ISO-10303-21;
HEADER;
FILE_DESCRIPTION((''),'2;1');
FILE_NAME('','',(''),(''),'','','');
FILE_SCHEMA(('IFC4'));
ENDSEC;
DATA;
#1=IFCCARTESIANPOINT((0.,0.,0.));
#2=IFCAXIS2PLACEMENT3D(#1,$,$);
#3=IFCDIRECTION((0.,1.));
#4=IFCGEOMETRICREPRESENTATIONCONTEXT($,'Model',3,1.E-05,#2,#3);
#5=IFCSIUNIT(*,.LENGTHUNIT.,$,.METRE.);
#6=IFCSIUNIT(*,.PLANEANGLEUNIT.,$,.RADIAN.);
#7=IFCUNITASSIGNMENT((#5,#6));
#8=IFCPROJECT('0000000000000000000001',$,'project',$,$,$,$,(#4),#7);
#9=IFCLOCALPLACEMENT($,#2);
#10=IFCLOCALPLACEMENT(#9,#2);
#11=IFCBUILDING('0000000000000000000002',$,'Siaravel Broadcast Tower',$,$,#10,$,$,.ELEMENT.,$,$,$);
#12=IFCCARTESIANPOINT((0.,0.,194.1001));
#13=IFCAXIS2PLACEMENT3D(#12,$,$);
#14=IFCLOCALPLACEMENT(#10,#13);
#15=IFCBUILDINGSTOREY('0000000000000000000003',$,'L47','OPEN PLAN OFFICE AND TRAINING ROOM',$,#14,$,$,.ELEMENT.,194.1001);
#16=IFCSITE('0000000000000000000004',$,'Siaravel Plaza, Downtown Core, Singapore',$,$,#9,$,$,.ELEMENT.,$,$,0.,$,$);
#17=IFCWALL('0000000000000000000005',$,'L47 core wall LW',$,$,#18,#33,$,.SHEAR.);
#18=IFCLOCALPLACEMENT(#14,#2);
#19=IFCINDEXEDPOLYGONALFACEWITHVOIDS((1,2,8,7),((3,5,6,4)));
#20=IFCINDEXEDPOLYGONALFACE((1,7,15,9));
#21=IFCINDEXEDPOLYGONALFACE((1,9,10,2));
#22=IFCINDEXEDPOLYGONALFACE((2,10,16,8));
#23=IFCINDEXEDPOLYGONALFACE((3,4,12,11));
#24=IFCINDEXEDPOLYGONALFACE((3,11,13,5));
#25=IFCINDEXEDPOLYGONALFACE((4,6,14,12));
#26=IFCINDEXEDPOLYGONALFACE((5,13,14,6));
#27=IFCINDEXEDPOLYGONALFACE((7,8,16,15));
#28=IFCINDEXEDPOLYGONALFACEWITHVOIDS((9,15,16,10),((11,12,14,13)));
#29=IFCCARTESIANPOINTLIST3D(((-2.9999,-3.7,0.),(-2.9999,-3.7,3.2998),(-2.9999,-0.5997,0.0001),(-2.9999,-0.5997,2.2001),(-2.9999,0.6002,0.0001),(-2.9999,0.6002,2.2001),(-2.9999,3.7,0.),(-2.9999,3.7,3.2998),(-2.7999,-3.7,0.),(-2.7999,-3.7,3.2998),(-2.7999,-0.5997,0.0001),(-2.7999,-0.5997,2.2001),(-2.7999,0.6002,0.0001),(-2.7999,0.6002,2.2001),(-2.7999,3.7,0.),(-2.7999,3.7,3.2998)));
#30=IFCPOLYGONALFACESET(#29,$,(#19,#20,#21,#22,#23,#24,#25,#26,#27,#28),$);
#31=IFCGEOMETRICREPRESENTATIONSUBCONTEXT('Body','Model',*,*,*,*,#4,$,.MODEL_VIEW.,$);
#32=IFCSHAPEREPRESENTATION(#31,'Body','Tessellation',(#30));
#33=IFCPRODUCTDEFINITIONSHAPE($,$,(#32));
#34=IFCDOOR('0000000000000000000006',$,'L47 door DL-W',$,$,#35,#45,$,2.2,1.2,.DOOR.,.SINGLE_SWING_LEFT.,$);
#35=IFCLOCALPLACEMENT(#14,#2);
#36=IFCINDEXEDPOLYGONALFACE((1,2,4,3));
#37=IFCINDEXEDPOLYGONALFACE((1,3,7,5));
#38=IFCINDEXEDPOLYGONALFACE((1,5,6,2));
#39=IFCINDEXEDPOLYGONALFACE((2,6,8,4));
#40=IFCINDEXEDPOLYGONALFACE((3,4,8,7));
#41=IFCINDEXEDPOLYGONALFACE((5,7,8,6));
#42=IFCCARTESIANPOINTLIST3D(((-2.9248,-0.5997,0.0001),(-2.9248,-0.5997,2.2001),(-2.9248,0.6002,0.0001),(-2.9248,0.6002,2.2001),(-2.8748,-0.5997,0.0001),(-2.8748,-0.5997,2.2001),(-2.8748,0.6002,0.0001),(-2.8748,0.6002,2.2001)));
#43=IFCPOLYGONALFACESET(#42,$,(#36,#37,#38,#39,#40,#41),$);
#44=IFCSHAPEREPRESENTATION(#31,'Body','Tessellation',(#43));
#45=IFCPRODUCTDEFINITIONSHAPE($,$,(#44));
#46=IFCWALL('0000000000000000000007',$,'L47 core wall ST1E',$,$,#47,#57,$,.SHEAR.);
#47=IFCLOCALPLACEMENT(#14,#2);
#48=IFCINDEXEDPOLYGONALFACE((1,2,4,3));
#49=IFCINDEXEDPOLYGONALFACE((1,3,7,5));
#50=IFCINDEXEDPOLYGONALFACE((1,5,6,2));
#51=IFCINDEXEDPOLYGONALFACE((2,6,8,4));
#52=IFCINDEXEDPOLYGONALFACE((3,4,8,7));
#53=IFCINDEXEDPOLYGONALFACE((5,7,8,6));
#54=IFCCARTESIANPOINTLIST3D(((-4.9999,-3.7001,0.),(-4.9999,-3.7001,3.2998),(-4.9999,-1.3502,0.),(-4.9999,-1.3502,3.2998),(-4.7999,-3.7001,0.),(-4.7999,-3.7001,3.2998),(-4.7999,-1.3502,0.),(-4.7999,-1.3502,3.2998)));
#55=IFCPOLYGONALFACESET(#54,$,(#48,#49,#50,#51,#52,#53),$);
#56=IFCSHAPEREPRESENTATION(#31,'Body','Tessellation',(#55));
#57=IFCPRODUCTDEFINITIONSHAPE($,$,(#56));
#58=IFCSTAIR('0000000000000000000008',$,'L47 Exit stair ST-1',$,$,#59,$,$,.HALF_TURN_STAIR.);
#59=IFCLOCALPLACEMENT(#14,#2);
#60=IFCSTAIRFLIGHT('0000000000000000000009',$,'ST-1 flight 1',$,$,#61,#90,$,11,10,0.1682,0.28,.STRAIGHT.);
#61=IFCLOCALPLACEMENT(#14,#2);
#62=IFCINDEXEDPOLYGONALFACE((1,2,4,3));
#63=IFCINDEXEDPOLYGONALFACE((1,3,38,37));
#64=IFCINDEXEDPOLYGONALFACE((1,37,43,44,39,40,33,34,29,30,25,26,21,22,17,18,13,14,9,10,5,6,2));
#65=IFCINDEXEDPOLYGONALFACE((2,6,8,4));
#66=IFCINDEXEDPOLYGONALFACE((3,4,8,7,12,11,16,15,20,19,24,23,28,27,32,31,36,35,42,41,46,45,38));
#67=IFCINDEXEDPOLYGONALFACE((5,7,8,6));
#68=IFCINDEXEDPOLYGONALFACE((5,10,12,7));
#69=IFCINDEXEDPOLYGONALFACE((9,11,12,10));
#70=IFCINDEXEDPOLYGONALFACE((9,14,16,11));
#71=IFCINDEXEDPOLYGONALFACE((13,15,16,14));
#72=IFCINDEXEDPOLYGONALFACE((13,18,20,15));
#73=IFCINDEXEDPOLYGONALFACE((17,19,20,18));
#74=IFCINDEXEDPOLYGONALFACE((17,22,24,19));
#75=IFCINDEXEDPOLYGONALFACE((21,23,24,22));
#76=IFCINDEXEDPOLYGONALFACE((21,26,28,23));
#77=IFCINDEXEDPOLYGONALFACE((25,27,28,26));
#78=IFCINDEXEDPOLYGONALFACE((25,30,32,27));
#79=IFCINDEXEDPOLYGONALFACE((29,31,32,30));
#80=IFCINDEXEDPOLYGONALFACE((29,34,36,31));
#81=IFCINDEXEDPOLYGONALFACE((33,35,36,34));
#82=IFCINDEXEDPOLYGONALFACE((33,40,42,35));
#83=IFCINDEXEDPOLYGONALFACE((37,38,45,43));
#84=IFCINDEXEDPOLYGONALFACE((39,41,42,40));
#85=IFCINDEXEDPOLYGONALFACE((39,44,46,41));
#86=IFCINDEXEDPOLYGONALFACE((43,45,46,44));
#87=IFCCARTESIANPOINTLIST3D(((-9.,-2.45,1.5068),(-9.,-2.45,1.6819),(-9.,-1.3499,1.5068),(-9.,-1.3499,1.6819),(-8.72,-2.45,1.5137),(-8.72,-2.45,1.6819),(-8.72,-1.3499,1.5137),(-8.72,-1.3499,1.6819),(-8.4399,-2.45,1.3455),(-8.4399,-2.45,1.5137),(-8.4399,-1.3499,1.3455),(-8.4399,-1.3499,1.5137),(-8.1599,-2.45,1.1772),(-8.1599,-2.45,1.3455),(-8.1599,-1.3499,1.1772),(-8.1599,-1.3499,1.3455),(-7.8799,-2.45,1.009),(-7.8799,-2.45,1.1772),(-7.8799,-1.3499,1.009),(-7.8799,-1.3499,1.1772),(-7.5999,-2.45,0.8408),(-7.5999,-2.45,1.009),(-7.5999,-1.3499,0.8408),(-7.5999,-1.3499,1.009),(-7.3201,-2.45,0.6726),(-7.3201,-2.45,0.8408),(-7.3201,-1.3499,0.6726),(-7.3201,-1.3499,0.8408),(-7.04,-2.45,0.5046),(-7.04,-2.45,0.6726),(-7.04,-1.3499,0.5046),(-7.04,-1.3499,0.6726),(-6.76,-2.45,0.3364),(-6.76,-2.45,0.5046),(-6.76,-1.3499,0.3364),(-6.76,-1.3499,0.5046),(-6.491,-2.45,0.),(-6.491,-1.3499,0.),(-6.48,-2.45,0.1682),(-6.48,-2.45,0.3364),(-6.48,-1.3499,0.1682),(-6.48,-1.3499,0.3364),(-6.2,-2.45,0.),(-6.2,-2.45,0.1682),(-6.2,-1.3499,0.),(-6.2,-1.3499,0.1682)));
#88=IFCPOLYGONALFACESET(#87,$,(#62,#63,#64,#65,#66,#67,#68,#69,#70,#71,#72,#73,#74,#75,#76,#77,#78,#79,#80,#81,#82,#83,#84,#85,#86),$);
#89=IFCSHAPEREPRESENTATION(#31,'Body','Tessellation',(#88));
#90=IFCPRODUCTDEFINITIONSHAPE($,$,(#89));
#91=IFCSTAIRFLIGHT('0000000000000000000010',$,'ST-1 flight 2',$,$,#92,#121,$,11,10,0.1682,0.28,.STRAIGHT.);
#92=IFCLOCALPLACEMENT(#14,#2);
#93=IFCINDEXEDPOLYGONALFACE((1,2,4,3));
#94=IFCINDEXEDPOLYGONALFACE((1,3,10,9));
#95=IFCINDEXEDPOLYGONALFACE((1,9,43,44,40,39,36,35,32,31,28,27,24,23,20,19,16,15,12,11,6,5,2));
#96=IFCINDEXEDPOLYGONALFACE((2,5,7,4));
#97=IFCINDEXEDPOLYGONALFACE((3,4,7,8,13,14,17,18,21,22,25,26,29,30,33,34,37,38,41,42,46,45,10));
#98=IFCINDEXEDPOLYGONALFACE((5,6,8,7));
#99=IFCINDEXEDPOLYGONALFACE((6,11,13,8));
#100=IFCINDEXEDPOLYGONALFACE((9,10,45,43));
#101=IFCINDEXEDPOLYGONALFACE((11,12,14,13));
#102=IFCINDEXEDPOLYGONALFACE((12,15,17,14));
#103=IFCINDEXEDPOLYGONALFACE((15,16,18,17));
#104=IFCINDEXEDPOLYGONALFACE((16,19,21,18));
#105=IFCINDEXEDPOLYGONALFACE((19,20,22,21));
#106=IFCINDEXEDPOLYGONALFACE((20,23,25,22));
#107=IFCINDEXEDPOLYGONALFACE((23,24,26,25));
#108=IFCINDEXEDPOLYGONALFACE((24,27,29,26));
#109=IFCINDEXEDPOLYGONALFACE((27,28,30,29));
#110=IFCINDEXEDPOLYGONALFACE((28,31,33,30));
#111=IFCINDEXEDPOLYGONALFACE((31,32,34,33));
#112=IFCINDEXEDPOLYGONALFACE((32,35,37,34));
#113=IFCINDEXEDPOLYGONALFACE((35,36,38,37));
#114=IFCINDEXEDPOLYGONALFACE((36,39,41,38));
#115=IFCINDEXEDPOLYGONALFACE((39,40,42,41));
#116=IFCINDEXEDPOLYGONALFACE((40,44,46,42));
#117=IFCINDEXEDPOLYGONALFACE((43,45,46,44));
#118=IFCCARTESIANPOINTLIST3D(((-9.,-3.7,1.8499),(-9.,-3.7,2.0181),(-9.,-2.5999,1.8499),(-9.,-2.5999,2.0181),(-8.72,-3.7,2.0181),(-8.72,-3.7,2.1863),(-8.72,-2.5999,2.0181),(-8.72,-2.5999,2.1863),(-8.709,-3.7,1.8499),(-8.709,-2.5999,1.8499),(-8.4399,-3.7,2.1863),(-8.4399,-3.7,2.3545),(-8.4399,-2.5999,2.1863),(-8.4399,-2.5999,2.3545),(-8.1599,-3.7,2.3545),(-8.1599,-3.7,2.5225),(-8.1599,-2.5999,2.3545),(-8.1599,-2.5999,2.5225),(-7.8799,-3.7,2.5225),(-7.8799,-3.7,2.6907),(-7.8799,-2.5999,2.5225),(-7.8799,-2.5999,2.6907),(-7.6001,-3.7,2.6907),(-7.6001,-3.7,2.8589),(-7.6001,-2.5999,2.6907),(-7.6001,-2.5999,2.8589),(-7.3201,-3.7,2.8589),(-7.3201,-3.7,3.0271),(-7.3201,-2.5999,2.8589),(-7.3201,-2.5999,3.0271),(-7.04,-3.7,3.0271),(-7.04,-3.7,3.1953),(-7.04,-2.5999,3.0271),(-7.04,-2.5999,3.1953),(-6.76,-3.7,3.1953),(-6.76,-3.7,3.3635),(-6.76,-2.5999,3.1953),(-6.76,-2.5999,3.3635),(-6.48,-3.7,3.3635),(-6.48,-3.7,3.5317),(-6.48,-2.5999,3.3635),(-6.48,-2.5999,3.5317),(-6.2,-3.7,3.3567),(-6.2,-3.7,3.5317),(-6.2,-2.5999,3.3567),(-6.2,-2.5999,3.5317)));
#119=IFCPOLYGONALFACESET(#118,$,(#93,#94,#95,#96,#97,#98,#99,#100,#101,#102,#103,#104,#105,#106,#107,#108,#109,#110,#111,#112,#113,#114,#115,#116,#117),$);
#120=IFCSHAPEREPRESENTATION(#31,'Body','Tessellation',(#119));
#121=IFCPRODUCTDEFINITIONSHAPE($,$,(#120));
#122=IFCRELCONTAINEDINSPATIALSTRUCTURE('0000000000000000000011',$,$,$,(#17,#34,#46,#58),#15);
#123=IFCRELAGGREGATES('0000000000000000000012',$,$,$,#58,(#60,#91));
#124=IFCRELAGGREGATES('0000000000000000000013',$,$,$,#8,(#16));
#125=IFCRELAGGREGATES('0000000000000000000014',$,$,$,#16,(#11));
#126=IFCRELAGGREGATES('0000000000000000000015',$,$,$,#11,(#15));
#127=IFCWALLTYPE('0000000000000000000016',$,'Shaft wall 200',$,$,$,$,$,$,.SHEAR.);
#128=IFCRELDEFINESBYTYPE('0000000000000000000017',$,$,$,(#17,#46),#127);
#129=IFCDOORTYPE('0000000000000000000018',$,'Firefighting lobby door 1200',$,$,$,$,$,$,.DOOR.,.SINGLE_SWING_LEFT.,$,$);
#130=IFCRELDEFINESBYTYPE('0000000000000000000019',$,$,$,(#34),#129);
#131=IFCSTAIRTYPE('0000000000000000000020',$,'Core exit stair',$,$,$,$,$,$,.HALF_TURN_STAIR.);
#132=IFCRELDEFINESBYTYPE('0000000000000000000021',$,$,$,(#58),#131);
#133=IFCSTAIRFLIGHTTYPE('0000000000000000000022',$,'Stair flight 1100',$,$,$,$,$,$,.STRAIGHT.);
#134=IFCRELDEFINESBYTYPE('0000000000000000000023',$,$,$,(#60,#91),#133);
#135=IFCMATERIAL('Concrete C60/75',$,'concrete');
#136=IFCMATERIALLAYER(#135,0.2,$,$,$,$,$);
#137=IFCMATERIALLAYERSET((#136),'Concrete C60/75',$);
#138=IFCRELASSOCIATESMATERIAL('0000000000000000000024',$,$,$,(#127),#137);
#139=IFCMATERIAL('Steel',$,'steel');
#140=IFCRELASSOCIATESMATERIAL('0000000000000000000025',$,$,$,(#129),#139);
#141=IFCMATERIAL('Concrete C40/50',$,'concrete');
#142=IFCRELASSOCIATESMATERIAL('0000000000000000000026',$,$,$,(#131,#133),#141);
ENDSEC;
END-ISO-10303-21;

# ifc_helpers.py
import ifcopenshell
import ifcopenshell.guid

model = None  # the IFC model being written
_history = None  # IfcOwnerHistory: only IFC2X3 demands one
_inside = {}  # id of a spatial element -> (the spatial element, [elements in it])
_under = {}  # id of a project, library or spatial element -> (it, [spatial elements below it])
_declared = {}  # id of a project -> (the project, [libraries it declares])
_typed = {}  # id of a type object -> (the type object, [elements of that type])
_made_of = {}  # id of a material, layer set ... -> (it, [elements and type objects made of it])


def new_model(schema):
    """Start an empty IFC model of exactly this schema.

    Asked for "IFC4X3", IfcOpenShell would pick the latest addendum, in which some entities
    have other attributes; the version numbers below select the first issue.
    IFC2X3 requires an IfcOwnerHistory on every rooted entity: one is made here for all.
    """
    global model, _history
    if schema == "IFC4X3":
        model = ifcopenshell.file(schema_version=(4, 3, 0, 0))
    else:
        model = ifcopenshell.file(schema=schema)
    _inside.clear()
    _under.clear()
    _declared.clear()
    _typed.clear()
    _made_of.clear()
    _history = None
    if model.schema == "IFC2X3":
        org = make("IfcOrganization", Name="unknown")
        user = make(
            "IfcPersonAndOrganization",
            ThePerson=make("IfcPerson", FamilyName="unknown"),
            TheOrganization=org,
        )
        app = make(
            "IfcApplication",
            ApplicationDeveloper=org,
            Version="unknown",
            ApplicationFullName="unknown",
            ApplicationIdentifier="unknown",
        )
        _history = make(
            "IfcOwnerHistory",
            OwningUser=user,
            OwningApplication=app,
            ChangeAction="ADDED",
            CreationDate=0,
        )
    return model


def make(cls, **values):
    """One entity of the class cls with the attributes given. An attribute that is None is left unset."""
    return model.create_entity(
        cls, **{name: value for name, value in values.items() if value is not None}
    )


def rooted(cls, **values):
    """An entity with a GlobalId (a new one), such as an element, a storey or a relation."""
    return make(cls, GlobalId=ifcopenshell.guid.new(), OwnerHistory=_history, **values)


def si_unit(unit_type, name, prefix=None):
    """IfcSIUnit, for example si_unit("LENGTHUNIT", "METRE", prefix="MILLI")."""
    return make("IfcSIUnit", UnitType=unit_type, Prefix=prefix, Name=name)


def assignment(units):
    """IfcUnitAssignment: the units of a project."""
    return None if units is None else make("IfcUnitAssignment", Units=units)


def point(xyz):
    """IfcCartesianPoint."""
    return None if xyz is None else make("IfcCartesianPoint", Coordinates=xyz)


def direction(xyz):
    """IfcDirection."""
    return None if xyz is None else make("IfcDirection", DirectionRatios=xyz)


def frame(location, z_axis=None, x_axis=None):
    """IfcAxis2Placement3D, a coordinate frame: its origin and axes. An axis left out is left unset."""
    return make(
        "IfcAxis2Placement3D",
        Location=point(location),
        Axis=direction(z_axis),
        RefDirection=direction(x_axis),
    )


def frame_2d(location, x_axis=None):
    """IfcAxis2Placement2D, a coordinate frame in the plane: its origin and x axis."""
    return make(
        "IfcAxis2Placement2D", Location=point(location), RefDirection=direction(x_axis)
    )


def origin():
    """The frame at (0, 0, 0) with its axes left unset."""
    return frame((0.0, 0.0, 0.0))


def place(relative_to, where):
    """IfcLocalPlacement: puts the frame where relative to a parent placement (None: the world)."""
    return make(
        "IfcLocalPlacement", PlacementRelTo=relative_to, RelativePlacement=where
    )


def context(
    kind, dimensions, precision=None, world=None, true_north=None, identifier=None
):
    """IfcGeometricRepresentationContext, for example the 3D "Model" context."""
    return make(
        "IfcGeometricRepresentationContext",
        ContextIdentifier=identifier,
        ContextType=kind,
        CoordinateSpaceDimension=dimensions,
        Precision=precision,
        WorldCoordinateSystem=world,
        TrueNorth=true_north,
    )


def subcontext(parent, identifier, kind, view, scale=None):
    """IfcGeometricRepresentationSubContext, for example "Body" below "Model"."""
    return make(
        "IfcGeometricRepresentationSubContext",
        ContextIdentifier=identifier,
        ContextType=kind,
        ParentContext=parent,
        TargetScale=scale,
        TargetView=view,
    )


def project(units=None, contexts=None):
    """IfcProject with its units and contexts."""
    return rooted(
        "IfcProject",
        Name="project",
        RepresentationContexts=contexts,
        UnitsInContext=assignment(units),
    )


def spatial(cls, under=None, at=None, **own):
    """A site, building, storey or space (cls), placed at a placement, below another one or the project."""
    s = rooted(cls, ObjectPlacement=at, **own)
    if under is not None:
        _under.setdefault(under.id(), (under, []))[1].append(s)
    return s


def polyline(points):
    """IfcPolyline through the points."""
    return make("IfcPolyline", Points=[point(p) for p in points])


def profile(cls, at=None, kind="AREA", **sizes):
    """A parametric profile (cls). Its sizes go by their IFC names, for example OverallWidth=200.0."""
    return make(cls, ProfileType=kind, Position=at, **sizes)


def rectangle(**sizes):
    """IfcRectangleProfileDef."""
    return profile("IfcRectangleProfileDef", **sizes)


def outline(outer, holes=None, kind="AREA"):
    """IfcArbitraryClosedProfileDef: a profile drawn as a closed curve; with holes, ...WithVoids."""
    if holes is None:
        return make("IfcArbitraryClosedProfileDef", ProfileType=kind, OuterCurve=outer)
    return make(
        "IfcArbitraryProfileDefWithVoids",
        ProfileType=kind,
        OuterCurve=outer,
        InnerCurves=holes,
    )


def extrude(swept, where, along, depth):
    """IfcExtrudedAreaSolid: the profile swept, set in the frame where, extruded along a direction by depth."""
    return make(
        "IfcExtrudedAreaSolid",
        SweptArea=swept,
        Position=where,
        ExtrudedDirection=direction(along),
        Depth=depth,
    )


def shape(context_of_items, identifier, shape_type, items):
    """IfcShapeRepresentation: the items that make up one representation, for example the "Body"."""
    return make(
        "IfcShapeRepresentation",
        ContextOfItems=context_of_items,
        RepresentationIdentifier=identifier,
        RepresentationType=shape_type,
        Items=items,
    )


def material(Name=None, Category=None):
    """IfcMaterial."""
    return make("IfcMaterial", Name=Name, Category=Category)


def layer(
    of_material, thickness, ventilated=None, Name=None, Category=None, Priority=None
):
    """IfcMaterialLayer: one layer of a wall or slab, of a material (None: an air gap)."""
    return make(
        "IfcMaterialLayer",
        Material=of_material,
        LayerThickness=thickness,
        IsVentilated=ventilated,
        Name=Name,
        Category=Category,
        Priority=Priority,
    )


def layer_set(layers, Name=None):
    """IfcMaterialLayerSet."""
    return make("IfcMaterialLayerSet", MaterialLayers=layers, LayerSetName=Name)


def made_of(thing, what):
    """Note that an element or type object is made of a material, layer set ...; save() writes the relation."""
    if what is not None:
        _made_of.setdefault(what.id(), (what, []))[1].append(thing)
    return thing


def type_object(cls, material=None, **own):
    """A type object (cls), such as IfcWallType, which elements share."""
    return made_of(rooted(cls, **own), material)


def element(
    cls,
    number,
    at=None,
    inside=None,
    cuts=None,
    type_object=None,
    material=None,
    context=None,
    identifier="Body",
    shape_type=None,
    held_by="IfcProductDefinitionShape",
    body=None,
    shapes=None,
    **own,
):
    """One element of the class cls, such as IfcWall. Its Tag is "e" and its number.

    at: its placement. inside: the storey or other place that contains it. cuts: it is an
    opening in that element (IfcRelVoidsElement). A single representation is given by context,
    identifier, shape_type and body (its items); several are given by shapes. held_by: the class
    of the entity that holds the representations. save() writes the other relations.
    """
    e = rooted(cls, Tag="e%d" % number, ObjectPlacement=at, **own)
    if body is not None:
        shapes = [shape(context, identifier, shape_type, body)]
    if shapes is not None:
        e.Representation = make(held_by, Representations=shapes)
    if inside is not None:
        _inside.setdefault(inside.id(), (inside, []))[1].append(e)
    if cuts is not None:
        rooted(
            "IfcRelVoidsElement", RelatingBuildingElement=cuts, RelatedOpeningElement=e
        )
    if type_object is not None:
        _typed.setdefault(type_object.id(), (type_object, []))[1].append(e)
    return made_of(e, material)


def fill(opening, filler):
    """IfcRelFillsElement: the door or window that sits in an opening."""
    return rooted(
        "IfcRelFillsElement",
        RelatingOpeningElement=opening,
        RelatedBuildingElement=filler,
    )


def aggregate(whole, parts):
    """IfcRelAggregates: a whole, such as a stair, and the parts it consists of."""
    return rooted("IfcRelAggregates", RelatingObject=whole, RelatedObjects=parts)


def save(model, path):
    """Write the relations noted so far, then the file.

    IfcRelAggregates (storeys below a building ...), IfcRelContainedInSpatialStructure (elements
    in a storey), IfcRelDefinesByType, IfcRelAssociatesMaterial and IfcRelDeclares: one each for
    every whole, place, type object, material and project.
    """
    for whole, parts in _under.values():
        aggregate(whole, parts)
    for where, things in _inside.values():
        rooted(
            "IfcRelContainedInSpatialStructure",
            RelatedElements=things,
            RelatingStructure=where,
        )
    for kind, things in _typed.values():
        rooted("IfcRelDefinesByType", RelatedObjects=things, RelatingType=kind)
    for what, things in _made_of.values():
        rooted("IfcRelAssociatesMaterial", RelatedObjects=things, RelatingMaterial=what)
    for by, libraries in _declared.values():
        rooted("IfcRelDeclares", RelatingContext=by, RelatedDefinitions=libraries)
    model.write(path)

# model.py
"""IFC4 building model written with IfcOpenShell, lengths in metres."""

from ifc_helpers import new_model, si_unit, direction, frame, frame_2d, origin, place, context, subcontext, project, spatial, polyline, rectangle, outline, extrude, material, layer, layer_set, type_object, element, fill, aggregate, save


model = new_model("IFC4")

# Units and contexts
model_context = context("Model", 3, precision=1e-05, world=origin(), true_north=direction((0.0, 1.0)))
body_context = subcontext(model_context, "Body", "Model", "MODEL_VIEW")
ifc_project = project(units=[si_unit("LENGTHUNIT", "METRE"), si_unit("PLANEANGLEUNIT", "RADIAN")], contexts=[model_context])

# Site, building, storey
site_placement = place(None, origin())
site = spatial("IfcSite", under=ifc_project, at=site_placement, Name="Siaravel Plaza, Downtown Core, Singapore", CompositionType="ELEMENT", RefElevation=0.0)
building_placement = place(site_placement, origin())
building = spatial("IfcBuilding", under=site, at=building_placement, Name="Siaravel Broadcast Tower", CompositionType="ELEMENT")
storey_placement = place(building_placement, frame((0.0, 0.0, 194.1001)))
storey = spatial("IfcBuildingStorey", under=building, at=storey_placement, Name="L47", Description="OPEN PLAN OFFICE AND TRAINING ROOM", CompositionType="ELEMENT", Elevation=194.1001)

# Shared definitions
ifc_material_1 = material(Name="Concrete C60/75", Category="concrete")

# Shared definitions
ifc_layer_1 = layer(ifc_material_1, 0.2)
ifc_layer_set_1 = layer_set([ifc_layer_1], Name="Concrete C60/75")
wall_type_1 = type_object("IfcWallType", Name="Shaft wall 200", PredefinedType="SHEAR", material=ifc_layer_set_1)

# Wall, opening, door
wall_1_placement = place(storey_placement, frame((-2.8999, -3.7, 0.0), z_axis=(0.0, 0.0, 1.0), x_axis=(0.0, 1.0, 0.0)))
wall_1 = element("IfcWall", 1, at=wall_1_placement, inside=storey, type_object=wall_type_1, Name="L47 core wall LW", PredefinedType="SHEAR", context=body_context, shape_type="SweptSolid", body=[
    extrude(rectangle(XDim=7.3999, YDim=0.2, at=frame_2d((3.7, 0.0))), origin(), (0.0, 0.0, 1.0), 3.2998),
])
opening_1_placement = place(wall_1_placement, frame((3.1001, 0.0, 0.0)))
opening_1 = element("IfcOpeningElement", 2, at=opening_1_placement, cuts=wall_1, PredefinedType="OPENING", context=body_context, shape_type="SweptSolid", body=[
    extrude(rectangle(XDim=1.2, YDim=2.2, at=frame_2d((0.6001, 1.1001))), frame((0.0, 0.1099, 0.0), z_axis=(0.0, -1.0, 0.0), x_axis=(1.0, 0.0, 0.0)), (0.0, 0.0, 1.0), 0.22),
])
ifc_material_2 = material(Name="Steel", Category="steel")
door_type_1 = type_object("IfcDoorType", Name="Firefighting lobby door 1200", OperationType="SINGLE_SWING_LEFT", PredefinedType="DOOR", material=ifc_material_2)
door_1_placement = place(opening_1_placement, origin())
door_1 = element("IfcDoor", 3, at=door_1_placement, inside=storey, type_object=door_type_1, Name="L47 door DL-W", OperationType="SINGLE_SWING_LEFT", OverallHeight=2.2, OverallWidth=1.2, PredefinedType="DOOR", context=body_context, shape_type="SweptSolid", body=[
    extrude(rectangle(XDim=1.2, YDim=2.2, at=frame_2d((0.6001, 1.1001))), frame((0.0, 0.0249, 0.0), z_axis=(0.0, -1.0, 0.0), x_axis=(1.0, 0.0, 0.0)), (0.0, 0.0, 1.0), 0.05),
])
fill(opening_1, door_1)

# Wall
wall_2_placement = place(storey_placement, frame((-4.8999, -3.7, 0.0), z_axis=(0.0, 0.0, 1.0), x_axis=(0.0, 1.0, 0.0)))
element("IfcWall", 4, at=wall_2_placement, inside=storey, type_object=wall_type_1, Name="L47 core wall ST1E", PredefinedType="SHEAR", context=body_context, shape_type="SweptSolid", body=[
    extrude(rectangle(XDim=2.3499, YDim=0.2, at=frame_2d((1.1748, 0.0))), origin(), (0.0, 0.0, 1.0), 3.2998),
])

# Stair, stair flights
ifc_material_3 = material(Name="Concrete C40/50", Category="concrete")
stair_type = type_object("IfcStairType", Name="Core exit stair", PredefinedType="HALF_TURN_STAIR", material=ifc_material_3)
stair_placement = place(storey_placement, origin())
stair = element("IfcStair", 5, at=stair_placement, inside=storey, type_object=stair_type, Name="L47 Exit stair ST-1", PredefinedType="HALF_TURN_STAIR")
stair_flight_type = type_object("IfcStairFlightType", Name="Stair flight 1100", PredefinedType="STRAIGHT", material=ifc_material_3)
stair_flight_1_placement = place(storey_placement, frame((-6.2, -1.8999, 0.0), z_axis=(0.0, 0.0, 1.0), x_axis=(-1.0, 0.0, 0.0)))
stair_flight_1 = element("IfcStairFlight", 6, at=stair_flight_1_placement, type_object=stair_flight_type, Name="ST-1 flight 1", NumberOfRisers=11, NumberOfTreads=10, PredefinedType="STRAIGHT", RiserHeight=0.1682, TreadLength=0.28, context=body_context, shape_type="SweptSolid", body=[
    extrude(outline(polyline([(0.0, 0.0), (0.0, 0.1682), (0.28, 0.1682), (0.28, 0.3364), (0.5601, 0.3364), (0.5601, 0.5046), (0.8401, 0.5046), (0.8401, 0.6726), (1.1201, 0.6726), (1.1201, 0.8408), (1.3999, 0.8408), (1.3999, 1.009), (1.6799, 1.009), (1.6799, 1.1772), (1.96, 1.1772), (1.96, 1.3455), (2.24, 1.3455), (2.24, 1.5137), (2.52, 1.5137), (2.52, 1.6819), (2.8, 1.6819), (2.8, 1.8501), (2.8, 1.5068), (0.291, 0.0), (0.0, 0.0)])), frame((0.0, 0.55, 0.0), z_axis=(0.0, -1.0, 0.0), x_axis=(1.0, 0.0, 0.0)), (0.0, 0.0, 1.0), 1.1001),
])
stair_flight_2_placement = place(storey_placement, frame((-9.0, -3.1499, 1.8499), z_axis=(0.0, 0.0, 1.0), x_axis=(1.0, 0.0, 0.0)))
stair_flight_2 = element("IfcStairFlight", 7, at=stair_flight_2_placement, type_object=stair_flight_type, Name="ST-1 flight 2", NumberOfRisers=11, NumberOfTreads=10, PredefinedType="STRAIGHT", RiserHeight=0.1682, TreadLength=0.28, context=body_context, shape_type="SweptSolid", body=[
    extrude(outline(polyline([(0.0, 0.0), (0.0, 0.1682), (0.28, 0.1682), (0.28, 0.3364), (0.5601, 0.3364), (0.5601, 0.5046), (0.8401, 0.5046), (0.8401, 0.6726), (1.1201, 0.6726), (1.1201, 0.8408), (1.3999, 0.8408), (1.3999, 1.009), (1.6799, 1.009), (1.6799, 1.1772), (1.96, 1.1772), (1.96, 1.3455), (2.24, 1.3455), (2.24, 1.5137), (2.52, 1.5137), (2.52, 1.6819), (2.8, 1.6819), (2.8, 1.8501), (2.8, 1.5068), (0.291, 0.0), (0.0, 0.0)])), frame((0.0, 0.55, 0.0), z_axis=(0.0, -1.0, 0.0), x_axis=(1.0, 0.0, 0.0)), (0.0, 0.0, 1.0), 1.1001),
])
aggregate(stair, [stair_flight_1, stair_flight_2])

save(model, "model.ifc")
